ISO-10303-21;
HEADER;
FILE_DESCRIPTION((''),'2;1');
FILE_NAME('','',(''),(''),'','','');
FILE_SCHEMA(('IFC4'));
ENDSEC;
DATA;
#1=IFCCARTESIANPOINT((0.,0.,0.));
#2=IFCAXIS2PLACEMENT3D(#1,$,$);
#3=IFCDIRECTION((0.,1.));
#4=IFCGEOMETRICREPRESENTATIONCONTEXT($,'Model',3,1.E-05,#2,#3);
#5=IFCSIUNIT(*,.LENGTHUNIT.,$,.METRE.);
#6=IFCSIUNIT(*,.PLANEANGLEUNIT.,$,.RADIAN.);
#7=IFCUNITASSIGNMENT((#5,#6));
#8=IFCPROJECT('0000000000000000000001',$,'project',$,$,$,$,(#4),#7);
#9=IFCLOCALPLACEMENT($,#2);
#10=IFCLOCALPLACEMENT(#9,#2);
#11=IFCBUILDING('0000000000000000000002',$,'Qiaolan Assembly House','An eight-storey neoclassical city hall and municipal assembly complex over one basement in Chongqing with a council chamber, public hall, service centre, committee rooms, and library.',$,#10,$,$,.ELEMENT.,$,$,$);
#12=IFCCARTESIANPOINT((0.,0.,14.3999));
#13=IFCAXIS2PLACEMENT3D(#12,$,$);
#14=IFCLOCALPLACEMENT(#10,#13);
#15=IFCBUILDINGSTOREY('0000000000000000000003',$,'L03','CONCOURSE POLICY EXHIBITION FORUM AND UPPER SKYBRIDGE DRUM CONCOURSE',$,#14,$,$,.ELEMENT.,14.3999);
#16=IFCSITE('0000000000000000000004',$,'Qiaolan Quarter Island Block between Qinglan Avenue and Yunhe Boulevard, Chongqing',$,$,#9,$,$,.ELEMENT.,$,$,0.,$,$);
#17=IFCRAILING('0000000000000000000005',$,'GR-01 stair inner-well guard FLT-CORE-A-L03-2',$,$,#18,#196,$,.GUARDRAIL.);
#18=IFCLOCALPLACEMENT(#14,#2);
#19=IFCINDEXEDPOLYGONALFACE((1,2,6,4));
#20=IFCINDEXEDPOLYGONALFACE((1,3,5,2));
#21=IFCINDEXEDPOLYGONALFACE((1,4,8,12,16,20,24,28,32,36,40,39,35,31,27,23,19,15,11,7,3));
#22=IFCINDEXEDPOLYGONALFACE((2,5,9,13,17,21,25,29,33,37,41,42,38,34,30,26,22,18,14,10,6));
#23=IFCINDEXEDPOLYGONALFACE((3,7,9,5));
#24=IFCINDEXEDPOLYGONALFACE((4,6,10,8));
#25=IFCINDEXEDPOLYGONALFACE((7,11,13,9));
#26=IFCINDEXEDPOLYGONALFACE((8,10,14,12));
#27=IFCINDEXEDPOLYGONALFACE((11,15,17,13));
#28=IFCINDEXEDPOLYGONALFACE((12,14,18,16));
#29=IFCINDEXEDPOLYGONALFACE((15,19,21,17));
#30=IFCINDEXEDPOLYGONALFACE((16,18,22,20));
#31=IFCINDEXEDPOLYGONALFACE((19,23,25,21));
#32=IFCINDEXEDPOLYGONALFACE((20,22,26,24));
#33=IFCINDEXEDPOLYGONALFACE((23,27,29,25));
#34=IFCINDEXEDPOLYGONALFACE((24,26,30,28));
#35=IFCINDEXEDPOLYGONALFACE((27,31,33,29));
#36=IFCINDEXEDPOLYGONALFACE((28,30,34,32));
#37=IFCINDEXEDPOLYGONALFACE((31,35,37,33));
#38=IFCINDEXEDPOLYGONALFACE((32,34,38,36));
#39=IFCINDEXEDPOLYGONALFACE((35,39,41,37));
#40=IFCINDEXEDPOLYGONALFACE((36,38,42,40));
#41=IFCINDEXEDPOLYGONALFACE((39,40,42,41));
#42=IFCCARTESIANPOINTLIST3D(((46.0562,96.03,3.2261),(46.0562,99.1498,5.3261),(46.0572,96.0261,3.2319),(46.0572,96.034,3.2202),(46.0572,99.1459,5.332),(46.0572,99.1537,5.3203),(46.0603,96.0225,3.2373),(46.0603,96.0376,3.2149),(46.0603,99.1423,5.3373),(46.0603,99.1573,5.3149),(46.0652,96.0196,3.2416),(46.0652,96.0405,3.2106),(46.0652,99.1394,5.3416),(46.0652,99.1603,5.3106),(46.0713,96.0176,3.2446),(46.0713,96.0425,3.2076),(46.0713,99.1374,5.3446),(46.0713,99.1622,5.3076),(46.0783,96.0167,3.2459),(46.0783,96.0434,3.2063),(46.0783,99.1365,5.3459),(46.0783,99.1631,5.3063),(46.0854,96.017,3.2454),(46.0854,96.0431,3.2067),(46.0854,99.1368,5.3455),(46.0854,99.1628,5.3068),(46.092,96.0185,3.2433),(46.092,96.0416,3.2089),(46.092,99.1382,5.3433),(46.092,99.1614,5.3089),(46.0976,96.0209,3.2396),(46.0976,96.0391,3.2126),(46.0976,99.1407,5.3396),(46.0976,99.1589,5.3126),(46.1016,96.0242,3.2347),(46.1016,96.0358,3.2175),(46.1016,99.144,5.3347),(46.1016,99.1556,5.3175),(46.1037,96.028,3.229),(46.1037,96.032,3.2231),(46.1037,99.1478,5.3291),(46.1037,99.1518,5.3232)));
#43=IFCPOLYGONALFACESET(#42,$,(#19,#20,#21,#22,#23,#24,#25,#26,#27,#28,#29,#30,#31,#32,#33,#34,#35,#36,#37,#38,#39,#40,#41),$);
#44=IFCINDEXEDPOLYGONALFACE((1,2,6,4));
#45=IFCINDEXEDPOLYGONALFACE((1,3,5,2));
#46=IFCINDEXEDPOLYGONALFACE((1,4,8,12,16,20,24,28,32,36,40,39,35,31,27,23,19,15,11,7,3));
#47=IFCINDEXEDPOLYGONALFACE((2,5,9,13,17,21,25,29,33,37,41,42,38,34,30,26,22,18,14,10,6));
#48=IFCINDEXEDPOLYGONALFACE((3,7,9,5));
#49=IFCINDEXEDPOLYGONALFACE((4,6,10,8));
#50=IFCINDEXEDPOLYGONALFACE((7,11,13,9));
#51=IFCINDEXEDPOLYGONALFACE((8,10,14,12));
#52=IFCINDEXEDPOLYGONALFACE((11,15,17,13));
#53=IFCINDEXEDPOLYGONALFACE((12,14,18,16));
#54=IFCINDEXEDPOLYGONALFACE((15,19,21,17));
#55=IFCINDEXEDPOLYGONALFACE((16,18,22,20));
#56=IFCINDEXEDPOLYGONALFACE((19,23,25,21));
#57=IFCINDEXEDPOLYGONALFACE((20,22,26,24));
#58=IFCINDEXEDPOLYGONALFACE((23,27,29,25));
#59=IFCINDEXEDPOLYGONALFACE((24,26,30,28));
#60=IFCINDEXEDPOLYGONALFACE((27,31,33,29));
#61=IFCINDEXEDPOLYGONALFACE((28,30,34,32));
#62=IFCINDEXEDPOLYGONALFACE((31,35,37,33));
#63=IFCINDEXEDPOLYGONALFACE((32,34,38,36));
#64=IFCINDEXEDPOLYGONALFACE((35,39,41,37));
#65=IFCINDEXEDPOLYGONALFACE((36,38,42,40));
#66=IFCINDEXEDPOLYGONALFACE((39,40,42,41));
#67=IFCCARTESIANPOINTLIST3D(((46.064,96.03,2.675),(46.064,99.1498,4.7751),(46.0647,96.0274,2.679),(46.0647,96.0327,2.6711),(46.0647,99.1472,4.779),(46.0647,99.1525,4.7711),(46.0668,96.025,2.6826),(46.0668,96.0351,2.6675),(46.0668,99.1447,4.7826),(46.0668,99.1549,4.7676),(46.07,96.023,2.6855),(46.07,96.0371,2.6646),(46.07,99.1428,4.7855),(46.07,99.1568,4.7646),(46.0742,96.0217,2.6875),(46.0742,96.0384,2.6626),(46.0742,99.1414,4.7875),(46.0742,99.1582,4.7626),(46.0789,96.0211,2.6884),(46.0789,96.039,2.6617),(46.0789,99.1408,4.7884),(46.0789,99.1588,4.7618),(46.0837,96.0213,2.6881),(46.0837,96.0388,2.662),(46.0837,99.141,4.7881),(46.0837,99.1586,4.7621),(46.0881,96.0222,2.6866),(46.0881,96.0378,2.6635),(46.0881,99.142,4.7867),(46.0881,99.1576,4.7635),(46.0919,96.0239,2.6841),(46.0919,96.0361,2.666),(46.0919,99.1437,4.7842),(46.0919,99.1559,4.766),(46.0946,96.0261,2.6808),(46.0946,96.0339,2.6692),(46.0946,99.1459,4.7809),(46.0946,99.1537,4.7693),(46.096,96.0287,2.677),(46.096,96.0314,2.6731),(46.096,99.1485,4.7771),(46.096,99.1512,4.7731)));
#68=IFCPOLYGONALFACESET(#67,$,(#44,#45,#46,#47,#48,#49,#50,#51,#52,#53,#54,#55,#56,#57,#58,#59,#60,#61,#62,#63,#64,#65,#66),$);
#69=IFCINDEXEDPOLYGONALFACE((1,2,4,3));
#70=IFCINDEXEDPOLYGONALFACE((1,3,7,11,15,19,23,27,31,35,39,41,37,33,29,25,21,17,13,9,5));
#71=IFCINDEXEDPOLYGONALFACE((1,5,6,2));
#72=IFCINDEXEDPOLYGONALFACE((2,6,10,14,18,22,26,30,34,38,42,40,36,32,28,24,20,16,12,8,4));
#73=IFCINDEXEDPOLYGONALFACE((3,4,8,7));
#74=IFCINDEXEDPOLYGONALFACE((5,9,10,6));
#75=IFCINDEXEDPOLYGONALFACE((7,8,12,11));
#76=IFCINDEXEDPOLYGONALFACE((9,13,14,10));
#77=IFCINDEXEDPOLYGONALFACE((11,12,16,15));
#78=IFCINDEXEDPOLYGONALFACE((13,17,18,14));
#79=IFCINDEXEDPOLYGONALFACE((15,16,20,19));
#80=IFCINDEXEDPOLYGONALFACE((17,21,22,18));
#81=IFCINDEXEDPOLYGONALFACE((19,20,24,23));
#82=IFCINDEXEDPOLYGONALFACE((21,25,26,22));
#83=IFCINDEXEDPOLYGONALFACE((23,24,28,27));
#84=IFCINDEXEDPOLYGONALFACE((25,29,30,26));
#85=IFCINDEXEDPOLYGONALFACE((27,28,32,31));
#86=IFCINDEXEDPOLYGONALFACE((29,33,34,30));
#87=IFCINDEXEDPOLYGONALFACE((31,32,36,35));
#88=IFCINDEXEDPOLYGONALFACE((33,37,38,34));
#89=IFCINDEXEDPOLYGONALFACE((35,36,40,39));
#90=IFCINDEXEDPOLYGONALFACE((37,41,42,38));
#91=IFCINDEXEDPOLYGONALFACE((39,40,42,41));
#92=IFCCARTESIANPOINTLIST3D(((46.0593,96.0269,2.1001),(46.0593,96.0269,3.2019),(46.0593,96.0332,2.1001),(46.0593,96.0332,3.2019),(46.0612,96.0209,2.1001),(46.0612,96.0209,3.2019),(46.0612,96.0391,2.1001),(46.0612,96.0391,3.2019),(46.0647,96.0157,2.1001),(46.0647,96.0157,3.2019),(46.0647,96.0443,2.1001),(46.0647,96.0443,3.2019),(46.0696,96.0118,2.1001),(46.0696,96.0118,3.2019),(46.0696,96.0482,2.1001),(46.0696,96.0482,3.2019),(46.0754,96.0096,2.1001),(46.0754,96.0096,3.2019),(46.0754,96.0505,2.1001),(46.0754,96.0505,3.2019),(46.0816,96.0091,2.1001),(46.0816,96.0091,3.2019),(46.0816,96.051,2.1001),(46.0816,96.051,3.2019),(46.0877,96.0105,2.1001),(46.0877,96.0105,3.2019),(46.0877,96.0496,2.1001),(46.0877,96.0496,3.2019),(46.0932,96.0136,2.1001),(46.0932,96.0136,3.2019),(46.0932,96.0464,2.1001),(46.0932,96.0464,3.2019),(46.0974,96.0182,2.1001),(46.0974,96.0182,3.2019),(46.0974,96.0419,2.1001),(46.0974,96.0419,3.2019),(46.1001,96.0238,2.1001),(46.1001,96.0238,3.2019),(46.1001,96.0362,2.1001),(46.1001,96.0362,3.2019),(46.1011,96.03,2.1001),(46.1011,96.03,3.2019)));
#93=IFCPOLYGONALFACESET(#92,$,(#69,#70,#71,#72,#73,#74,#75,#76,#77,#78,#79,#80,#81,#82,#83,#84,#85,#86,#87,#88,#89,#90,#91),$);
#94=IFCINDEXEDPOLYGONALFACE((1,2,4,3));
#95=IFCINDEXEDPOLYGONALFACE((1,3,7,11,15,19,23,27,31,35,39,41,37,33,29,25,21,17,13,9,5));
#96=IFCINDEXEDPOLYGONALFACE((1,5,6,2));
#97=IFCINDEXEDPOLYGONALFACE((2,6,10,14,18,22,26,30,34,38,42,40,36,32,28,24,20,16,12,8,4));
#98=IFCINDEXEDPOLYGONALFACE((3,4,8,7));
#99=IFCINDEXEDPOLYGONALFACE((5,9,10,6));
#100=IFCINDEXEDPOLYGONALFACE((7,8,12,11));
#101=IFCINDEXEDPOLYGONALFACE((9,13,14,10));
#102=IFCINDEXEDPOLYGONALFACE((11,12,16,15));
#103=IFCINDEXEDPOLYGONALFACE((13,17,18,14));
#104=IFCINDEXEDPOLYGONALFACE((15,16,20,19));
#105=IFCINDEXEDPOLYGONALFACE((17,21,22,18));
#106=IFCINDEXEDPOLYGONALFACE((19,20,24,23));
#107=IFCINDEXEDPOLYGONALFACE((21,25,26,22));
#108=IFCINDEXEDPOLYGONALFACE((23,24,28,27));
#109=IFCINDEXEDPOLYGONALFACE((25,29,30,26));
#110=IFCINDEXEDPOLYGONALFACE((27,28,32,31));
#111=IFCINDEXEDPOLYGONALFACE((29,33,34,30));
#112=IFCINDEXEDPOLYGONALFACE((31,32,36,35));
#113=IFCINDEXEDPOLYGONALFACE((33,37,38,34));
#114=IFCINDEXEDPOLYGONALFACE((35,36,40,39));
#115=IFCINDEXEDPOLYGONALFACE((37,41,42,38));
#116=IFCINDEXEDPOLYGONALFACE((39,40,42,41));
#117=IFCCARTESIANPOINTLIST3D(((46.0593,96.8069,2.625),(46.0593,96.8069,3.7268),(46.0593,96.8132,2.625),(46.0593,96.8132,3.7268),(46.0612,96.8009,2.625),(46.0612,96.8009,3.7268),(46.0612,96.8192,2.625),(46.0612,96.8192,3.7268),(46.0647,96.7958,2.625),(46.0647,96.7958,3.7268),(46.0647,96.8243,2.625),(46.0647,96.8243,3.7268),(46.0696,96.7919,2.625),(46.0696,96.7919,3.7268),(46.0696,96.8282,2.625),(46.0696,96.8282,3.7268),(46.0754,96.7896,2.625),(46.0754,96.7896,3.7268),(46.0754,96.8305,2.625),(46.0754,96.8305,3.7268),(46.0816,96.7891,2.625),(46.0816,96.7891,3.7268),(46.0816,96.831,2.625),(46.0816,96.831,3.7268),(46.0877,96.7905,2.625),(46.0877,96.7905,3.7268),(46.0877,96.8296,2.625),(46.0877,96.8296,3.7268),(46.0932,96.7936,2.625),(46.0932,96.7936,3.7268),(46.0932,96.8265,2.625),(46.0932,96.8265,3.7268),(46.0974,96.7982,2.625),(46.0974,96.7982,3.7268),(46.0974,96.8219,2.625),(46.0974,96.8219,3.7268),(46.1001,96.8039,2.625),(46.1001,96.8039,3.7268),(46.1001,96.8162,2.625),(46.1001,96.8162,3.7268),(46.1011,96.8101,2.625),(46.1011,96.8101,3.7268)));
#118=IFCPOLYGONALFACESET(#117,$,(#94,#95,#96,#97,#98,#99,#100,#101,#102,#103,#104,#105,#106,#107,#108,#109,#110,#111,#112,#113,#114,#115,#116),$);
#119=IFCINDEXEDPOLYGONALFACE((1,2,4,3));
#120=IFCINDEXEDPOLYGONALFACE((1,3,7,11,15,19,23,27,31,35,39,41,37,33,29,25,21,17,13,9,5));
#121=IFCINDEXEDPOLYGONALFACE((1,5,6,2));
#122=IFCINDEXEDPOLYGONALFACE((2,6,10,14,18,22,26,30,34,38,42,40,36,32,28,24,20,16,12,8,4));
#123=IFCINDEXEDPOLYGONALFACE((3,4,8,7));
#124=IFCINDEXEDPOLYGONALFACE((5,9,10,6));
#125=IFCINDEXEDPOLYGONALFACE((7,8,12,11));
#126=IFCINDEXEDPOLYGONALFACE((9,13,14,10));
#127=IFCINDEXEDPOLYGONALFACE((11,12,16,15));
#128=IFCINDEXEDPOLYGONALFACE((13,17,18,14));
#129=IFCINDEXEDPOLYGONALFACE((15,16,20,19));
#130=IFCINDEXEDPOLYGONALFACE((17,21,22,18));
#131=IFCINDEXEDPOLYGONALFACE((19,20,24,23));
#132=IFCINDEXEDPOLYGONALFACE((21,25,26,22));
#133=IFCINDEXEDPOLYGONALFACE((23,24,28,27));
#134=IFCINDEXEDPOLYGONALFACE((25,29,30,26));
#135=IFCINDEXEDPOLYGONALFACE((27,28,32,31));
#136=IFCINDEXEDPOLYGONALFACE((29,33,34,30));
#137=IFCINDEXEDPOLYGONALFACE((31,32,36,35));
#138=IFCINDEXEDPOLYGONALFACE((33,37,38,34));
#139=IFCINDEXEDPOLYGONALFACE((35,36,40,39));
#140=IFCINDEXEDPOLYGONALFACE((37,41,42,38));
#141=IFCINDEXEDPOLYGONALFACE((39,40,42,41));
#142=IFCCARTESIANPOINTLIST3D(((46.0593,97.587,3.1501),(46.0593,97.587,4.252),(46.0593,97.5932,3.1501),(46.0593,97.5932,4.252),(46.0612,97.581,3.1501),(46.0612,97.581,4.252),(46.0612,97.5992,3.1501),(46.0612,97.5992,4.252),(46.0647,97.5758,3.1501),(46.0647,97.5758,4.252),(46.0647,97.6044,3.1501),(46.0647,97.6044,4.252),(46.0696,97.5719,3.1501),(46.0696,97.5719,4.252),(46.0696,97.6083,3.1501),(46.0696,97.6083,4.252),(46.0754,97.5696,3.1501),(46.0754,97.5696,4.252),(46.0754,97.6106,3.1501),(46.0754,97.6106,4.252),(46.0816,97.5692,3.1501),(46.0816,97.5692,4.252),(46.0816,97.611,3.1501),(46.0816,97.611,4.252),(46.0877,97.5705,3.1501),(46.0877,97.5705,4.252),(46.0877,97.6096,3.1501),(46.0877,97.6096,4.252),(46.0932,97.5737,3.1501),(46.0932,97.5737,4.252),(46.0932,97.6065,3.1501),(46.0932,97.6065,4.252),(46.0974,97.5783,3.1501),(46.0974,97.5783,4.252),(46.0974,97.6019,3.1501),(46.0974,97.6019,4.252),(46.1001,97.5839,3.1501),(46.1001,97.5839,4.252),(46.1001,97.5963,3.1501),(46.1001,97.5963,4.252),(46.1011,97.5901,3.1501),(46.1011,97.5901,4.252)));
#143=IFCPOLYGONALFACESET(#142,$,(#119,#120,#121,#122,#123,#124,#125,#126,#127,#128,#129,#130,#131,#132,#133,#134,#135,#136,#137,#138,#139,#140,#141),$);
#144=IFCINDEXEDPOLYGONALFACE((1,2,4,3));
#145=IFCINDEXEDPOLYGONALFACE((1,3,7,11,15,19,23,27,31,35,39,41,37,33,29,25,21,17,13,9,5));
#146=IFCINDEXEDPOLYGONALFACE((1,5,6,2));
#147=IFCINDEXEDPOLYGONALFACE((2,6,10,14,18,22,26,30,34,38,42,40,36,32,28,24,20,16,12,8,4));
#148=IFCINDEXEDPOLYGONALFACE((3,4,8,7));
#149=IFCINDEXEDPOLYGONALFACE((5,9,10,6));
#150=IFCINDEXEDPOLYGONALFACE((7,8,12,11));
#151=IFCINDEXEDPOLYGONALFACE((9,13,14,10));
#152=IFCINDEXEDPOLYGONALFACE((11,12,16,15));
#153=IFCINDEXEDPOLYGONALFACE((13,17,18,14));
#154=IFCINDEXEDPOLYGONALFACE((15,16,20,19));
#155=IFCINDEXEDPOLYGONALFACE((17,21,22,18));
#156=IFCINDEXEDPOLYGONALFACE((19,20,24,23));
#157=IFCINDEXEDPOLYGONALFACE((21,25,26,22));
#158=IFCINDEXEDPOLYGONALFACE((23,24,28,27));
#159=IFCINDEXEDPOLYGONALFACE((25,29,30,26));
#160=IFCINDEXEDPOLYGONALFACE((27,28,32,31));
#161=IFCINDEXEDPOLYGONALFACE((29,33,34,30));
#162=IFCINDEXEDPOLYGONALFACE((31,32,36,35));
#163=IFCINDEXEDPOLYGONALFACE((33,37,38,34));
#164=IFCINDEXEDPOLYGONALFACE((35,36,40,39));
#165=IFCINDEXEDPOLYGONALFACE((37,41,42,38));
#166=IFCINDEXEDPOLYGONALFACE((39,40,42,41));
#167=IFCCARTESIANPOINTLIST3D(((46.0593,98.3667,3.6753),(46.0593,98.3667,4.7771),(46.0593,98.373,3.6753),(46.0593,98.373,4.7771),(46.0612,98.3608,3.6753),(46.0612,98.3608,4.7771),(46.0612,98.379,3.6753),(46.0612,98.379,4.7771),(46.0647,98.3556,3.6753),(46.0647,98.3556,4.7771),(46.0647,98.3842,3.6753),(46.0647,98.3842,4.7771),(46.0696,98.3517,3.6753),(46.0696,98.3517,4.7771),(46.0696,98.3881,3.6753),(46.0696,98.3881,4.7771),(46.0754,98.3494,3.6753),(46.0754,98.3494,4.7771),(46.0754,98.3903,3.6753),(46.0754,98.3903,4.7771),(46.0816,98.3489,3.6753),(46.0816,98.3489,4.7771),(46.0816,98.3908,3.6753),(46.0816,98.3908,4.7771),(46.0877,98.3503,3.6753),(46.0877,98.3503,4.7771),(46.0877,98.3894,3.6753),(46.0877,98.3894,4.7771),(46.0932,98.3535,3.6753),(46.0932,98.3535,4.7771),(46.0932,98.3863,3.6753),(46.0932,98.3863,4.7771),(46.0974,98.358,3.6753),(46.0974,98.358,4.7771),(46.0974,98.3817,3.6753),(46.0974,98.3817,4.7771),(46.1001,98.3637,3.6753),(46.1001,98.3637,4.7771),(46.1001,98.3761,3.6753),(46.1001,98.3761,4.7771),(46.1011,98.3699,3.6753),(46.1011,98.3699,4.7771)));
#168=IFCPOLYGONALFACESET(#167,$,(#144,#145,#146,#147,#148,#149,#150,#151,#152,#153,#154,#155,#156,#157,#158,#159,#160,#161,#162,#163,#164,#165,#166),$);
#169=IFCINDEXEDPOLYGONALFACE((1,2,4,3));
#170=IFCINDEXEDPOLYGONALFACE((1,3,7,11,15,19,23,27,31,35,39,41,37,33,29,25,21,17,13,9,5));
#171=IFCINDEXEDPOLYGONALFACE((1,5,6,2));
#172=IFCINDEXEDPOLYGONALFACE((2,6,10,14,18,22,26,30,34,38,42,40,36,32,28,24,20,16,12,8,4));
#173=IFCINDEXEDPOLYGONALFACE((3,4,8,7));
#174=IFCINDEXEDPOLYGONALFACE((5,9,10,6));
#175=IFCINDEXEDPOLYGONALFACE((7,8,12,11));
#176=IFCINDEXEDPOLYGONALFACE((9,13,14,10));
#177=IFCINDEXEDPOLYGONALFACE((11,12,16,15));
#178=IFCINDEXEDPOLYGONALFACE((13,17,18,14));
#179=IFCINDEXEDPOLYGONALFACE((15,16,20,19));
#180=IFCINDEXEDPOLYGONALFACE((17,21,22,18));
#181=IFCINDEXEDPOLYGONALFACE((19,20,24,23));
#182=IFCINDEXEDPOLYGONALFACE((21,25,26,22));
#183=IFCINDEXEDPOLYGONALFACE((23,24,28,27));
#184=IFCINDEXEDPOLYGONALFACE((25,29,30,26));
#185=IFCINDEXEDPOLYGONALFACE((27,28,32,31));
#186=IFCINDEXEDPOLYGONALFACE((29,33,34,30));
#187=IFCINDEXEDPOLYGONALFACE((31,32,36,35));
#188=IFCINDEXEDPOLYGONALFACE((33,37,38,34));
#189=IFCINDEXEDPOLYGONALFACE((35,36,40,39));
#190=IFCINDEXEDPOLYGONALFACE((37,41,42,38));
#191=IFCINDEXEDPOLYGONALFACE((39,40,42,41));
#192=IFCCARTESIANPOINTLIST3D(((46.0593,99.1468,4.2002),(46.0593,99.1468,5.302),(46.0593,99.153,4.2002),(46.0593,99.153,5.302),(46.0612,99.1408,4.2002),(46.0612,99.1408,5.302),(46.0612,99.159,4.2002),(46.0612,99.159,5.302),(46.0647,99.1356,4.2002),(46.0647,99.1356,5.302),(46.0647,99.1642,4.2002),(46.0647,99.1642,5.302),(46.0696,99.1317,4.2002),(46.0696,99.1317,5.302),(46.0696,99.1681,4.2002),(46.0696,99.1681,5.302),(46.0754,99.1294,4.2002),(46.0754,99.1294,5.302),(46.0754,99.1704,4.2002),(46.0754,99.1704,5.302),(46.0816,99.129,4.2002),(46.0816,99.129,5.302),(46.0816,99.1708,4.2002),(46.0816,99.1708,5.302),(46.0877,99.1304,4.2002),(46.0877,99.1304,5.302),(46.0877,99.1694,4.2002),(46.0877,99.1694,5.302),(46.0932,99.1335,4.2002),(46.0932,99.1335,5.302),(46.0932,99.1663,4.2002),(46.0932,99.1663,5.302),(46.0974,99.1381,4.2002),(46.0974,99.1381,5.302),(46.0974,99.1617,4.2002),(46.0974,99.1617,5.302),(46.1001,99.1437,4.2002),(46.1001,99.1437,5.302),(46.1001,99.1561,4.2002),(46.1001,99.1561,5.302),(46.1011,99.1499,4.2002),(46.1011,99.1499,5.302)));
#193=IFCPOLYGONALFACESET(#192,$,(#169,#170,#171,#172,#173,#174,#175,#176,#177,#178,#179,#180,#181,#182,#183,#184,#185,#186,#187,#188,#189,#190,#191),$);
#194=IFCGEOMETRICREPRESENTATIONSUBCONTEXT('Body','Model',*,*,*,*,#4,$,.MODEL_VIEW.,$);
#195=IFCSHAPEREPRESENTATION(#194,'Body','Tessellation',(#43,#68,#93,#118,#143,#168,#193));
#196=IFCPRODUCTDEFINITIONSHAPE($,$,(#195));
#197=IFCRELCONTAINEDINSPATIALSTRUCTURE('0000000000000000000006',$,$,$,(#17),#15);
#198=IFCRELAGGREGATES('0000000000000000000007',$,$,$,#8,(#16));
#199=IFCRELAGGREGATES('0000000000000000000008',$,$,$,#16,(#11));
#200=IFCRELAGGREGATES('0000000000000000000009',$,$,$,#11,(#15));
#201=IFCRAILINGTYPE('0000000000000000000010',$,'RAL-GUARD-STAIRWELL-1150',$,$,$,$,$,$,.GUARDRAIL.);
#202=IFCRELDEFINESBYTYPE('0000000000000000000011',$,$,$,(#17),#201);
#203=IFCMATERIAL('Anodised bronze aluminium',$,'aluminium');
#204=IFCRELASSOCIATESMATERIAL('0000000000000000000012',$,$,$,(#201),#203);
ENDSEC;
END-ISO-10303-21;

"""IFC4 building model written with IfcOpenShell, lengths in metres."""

from ifc_helpers import new_model, si_unit, direction, frame, origin, origin_2d, place, context, subcontext, project, spatial, circle, extrude, material, type_object, element, save


model = new_model("IFC4")

# Units and contexts
model_context = context("Model", 3, precision=1e-05, world=origin(), true_north=direction((0.0, 1.0)))
body_context = subcontext(model_context, "Body", "Model", "MODEL_VIEW")
ifc_project = project(units=[si_unit("LENGTHUNIT", "METRE"), si_unit("PLANEANGLEUNIT", "RADIAN")], contexts=[model_context])

# Site, building, storey
site_placement = place(None, origin())
site = spatial("IfcSite", under=ifc_project, at=site_placement, Name="Qiaolan Quarter Island Block between Qinglan Avenue and Yunhe Boulevard, Chongqing", CompositionType="ELEMENT", RefElevation=0.0)
building_placement = place(site_placement, origin())
building = spatial("IfcBuilding", under=site, at=building_placement, Name="Qiaolan Assembly House", Description="An eight-storey neoclassical city hall and municipal assembly complex over one basement in Chongqing with a council chamber, public hall, service centre, committee rooms, and library.", CompositionType="ELEMENT")
storey_placement = place(building_placement, frame((0.0, 0.0, 14.3999)))
storey = spatial("IfcBuildingStorey", under=building, at=storey_placement, Name="L03", Description="CONCOURSE POLICY EXHIBITION FORUM AND UPPER SKYBRIDGE DRUM CONCOURSE", CompositionType="ELEMENT", Elevation=14.3999)

# Railing
ifc_material_1 = material(Name="Anodised bronze aluminium", Category="aluminium")
railing_type_1 = type_object("IfcRailingType", Name="RAL-GUARD-STAIRWELL-1150", PredefinedType="GUARDRAIL", material=ifc_material_1)
railing_1_placement = place(storey_placement, frame((46.0801, 96.03, 2.1001)))
element("IfcRailing", 1, at=railing_1_placement, inside=storey, type_object=railing_type_1, Name="GR-01 stair inner-well guard FLT-CORE-A-L03-2", PredefinedType="GUARDRAIL", context=body_context, shape_type="SweptSolid", body=[
    extrude(circle(Radius=0.0239, at=origin_2d()), frame((0.0, 0.0, 1.126), z_axis=(0.0, 0.829565, 0.55841), x_axis=(-1.0, 0.0, 0.0)), (0.0, 0.0, 1.0), 3.7607),
    extrude(circle(Radius=0.0161, at=origin_2d()), frame((0.0, 0.0, 0.575), z_axis=(0.0, 0.829565, 0.55841), x_axis=(-1.0, 0.0, 0.0)), (0.0, 0.0, 1.0), 3.7607),
    extrude(circle(Radius=0.021, at=origin_2d()), origin(), (0.0, 0.0, 1.0), 1.1018),
    extrude(circle(Radius=0.021, at=origin_2d()), frame((0.0, 0.78, 0.5249)), (0.0, 0.0, 1.0), 1.1018),
    extrude(circle(Radius=0.021, at=origin_2d()), frame((0.0, 1.5601, 1.05)), (0.0, 0.0, 1.0), 1.1018),
    extrude(circle(Radius=0.021, at=origin_2d()), frame((0.0, 2.3398, 1.5752)), (0.0, 0.0, 1.0), 1.1018),
    extrude(circle(Radius=0.021, at=origin_2d()), frame((0.0, 3.1199, 2.1001)), (0.0, 0.0, 1.0), 1.1018),
])

save(model, "model.ifc")
